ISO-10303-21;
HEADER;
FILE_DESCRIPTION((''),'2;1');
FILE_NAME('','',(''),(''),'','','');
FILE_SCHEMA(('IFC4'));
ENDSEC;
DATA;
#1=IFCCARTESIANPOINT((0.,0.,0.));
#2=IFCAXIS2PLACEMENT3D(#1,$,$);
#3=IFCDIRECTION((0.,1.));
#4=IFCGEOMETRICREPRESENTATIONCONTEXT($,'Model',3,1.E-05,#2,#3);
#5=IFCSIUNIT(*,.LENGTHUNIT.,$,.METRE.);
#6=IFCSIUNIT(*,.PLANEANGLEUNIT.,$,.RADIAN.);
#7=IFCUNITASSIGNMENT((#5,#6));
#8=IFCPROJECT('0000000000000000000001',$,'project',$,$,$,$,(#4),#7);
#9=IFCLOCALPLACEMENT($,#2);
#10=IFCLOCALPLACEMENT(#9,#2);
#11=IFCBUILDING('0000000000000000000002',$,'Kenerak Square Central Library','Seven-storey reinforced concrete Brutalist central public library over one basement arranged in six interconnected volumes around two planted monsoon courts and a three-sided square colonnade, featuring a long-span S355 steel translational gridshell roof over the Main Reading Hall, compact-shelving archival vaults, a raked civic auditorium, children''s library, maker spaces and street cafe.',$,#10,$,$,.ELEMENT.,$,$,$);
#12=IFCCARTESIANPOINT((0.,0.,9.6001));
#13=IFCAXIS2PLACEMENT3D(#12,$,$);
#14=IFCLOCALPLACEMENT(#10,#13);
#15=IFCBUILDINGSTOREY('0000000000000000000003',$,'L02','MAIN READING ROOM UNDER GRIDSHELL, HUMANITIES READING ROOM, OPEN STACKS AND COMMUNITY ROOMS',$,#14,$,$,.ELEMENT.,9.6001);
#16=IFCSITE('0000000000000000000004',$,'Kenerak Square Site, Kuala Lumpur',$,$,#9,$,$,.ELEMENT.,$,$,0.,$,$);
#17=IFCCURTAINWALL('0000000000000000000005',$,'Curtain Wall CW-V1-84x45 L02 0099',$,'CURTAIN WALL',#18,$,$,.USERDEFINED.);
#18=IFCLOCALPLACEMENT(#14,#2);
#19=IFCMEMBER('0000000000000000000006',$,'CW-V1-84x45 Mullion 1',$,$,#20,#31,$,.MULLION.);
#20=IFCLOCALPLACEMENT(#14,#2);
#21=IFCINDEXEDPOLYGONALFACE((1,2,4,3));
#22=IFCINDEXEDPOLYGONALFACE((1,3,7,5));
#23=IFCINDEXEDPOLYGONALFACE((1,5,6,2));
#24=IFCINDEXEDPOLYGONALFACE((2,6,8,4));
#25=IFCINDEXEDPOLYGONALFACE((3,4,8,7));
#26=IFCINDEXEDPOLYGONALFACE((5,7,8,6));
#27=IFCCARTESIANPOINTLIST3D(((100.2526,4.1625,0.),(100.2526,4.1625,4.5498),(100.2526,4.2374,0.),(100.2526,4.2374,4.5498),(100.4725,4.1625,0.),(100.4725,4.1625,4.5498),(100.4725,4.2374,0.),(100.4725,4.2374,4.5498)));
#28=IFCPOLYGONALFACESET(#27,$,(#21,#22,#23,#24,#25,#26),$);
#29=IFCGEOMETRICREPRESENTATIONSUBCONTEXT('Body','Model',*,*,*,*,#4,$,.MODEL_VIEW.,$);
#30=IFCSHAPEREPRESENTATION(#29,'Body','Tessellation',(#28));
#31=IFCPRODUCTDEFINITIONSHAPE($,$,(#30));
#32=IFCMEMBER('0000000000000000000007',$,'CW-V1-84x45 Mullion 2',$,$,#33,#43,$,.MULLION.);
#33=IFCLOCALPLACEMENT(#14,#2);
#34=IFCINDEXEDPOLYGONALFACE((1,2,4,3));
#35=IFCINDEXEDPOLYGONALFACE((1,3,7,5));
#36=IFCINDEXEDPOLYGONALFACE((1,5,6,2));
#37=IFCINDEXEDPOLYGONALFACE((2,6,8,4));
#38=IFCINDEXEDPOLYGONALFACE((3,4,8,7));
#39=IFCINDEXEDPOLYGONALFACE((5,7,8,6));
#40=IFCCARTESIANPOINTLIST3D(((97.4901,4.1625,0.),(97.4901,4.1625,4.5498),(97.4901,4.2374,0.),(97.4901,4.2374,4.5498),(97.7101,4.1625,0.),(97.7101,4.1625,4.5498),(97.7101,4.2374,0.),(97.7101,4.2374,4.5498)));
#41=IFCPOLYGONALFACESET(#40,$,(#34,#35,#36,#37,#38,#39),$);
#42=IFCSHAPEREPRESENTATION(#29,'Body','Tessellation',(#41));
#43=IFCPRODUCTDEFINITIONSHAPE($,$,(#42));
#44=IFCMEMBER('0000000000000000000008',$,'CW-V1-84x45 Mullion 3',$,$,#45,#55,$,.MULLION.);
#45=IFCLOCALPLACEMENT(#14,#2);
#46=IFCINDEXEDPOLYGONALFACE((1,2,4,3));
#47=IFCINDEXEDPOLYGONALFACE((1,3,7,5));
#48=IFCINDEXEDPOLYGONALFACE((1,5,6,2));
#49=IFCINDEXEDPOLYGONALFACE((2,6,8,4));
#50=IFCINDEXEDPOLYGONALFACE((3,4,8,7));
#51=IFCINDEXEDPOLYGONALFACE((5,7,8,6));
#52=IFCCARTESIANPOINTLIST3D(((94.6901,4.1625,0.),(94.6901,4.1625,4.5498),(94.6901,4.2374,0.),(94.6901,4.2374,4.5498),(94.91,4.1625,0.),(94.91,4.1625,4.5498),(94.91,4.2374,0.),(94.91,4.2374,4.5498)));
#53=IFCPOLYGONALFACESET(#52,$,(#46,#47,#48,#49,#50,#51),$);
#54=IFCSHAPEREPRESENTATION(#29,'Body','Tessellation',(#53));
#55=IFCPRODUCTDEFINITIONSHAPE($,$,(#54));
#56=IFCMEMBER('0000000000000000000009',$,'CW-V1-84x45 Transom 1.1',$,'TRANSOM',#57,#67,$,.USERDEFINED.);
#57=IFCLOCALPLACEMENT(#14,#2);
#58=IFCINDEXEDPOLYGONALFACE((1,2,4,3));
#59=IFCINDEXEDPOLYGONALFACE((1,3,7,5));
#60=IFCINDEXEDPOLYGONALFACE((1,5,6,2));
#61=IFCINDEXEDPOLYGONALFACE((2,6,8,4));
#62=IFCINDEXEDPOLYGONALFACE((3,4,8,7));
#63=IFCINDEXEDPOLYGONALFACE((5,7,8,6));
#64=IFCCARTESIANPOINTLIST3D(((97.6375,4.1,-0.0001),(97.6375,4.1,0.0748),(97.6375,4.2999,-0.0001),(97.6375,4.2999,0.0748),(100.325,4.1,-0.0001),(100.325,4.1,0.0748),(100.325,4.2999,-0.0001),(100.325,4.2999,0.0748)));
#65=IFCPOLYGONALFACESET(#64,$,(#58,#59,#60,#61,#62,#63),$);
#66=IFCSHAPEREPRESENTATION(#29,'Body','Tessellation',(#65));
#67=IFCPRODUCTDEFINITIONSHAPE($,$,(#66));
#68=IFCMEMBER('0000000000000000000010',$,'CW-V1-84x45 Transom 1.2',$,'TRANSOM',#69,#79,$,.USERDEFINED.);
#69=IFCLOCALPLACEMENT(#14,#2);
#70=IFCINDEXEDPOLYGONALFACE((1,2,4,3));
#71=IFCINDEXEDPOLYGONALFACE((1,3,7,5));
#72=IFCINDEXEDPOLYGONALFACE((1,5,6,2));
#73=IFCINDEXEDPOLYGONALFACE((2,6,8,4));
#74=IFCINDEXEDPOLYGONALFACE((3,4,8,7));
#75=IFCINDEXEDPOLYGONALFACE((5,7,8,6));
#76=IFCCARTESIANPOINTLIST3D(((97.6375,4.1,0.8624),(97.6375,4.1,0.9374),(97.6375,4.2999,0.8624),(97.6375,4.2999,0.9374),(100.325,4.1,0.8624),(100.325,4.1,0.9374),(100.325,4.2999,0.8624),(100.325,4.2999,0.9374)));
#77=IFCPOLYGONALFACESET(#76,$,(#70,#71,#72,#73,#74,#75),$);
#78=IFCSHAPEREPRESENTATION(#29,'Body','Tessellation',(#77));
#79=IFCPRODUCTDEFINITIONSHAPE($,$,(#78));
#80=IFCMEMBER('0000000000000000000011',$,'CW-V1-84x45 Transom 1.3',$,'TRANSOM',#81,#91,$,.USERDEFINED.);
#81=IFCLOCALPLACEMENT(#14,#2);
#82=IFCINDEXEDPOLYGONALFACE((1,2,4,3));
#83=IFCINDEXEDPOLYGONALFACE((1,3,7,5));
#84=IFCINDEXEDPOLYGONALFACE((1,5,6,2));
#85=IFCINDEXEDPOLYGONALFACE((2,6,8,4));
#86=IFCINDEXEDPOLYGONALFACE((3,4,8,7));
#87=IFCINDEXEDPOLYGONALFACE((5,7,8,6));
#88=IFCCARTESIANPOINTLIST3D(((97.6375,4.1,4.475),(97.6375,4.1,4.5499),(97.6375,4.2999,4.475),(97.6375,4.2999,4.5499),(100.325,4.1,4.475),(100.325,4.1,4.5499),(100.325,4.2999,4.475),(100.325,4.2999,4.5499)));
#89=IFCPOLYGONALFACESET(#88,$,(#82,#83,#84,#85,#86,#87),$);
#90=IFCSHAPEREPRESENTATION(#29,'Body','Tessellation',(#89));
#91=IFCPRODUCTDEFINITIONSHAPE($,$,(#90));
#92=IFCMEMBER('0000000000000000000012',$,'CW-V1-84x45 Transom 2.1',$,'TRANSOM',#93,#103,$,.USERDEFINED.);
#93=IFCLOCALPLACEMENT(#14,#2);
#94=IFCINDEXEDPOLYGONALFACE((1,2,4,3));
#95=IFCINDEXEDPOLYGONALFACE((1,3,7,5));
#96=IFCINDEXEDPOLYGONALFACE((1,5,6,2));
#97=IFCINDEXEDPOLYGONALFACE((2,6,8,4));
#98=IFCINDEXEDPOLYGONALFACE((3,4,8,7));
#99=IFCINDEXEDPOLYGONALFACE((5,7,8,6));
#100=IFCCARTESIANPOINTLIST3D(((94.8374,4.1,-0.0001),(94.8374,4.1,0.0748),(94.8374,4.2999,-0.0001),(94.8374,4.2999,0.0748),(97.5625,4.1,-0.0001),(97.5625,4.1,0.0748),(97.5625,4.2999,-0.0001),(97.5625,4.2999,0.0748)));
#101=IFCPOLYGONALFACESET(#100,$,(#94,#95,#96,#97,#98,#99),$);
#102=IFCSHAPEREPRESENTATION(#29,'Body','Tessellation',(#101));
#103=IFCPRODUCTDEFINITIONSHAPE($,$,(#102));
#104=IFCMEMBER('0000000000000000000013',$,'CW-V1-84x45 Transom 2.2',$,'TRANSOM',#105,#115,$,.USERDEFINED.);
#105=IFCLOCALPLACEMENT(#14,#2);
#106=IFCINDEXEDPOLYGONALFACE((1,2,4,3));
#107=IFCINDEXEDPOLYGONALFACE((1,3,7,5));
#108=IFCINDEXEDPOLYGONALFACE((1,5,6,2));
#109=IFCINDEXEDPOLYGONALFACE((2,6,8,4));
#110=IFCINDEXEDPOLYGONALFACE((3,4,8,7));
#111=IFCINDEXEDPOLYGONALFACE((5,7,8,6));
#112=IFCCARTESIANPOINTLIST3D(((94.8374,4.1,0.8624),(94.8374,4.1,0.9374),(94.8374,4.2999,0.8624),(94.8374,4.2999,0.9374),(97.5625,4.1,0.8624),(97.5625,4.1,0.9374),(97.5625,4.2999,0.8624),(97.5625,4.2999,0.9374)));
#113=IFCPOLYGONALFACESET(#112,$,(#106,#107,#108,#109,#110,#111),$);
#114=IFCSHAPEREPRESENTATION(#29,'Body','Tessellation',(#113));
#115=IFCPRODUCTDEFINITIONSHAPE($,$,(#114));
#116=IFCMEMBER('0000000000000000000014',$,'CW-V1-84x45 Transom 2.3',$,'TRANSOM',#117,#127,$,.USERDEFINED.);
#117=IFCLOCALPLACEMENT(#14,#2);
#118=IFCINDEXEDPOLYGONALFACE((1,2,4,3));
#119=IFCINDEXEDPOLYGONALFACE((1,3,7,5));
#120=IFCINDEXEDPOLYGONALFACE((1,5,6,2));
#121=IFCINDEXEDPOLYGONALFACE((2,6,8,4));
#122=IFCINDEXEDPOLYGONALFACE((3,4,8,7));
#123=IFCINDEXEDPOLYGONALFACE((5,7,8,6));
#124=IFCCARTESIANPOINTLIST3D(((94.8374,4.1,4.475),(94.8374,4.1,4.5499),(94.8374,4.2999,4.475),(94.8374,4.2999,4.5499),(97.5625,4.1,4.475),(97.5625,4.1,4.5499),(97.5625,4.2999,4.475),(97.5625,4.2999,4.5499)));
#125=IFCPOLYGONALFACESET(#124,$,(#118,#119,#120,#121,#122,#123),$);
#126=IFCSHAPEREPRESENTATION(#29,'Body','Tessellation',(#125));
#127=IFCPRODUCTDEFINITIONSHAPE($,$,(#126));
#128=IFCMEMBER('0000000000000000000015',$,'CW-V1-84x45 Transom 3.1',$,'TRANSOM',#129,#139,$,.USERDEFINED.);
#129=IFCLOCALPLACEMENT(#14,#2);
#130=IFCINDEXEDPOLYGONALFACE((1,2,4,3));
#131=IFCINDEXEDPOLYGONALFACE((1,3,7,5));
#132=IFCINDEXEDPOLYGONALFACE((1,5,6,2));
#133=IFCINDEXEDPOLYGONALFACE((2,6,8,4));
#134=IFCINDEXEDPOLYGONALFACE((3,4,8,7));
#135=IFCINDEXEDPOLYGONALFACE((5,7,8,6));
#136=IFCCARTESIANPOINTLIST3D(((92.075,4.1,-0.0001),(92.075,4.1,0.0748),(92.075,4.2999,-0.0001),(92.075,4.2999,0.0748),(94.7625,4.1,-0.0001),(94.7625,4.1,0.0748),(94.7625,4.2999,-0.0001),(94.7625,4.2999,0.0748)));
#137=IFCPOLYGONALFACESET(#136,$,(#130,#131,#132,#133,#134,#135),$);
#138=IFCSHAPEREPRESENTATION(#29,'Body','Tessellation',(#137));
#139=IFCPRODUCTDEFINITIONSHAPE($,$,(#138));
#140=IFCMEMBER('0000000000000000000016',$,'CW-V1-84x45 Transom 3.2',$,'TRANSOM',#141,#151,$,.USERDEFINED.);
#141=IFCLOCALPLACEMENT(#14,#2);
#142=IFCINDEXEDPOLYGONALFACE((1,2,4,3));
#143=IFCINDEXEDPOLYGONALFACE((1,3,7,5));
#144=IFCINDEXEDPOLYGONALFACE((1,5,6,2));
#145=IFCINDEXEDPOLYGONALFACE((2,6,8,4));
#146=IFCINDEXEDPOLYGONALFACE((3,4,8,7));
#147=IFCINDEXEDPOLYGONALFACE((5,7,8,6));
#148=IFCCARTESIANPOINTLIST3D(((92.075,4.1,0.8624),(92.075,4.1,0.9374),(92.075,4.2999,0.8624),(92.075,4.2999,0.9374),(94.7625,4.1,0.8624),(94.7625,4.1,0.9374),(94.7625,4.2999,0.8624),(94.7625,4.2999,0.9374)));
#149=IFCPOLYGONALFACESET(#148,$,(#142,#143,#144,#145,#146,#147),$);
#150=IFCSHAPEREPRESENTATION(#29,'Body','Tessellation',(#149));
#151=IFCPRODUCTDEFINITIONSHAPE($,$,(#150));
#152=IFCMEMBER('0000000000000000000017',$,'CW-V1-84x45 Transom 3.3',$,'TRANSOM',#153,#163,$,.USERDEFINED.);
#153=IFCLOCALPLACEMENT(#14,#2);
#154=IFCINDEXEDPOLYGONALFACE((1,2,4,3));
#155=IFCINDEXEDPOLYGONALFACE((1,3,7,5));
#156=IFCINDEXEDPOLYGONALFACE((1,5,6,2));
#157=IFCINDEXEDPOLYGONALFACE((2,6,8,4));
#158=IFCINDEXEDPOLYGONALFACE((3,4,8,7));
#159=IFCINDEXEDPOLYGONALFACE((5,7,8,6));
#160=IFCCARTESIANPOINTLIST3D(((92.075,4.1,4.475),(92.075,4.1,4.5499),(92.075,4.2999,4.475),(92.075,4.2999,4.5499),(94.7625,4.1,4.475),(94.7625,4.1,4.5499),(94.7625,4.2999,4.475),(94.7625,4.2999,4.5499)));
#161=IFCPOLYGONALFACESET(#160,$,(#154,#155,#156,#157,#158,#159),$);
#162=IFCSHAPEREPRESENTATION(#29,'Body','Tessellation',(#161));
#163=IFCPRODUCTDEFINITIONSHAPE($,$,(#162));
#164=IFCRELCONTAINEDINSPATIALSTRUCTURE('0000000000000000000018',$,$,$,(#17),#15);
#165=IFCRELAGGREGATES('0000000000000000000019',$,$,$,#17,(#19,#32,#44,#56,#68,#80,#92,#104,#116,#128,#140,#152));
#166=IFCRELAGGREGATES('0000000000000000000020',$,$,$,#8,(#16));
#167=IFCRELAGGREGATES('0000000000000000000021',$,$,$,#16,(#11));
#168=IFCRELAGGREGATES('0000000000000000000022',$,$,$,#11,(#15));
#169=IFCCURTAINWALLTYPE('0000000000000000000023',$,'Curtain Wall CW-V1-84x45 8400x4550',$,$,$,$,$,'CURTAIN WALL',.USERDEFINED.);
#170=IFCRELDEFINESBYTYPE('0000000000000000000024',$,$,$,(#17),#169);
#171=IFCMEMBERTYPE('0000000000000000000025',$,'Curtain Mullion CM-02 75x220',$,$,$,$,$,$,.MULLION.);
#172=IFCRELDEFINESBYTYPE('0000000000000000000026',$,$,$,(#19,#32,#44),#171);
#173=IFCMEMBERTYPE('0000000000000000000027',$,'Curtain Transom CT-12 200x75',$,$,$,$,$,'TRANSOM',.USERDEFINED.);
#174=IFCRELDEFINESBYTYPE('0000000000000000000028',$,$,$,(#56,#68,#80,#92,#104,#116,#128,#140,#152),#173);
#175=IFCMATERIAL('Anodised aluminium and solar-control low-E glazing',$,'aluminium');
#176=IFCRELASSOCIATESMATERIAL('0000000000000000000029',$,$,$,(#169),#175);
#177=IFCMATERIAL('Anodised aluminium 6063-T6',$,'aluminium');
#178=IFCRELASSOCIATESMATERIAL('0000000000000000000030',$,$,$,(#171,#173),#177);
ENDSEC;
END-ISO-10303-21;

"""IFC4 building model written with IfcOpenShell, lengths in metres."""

from ifc_helpers import new_model, si_unit, direction, frame, origin, origin_2d, place, context, subcontext, project, spatial, rectangle, extrude, material, material_profile, profile_set, type_object, element, aggregate, save


model = new_model("IFC4")

# Units and contexts
model_context = context("Model", 3, precision=1e-05, world=origin(), true_north=direction((0.0, 1.0)))
body_context = subcontext(model_context, "Body", "Model", "MODEL_VIEW")
ifc_project = project(units=[si_unit("LENGTHUNIT", "METRE"), si_unit("PLANEANGLEUNIT", "RADIAN")], contexts=[model_context])

# Site, building, storey
site_placement = place(None, origin())
site = spatial("IfcSite", under=ifc_project, at=site_placement, Name="Kenerak Square Site, Kuala Lumpur", CompositionType="ELEMENT", RefElevation=0.0)
building_placement = place(site_placement, origin())
building = spatial("IfcBuilding", under=site, at=building_placement, Name="Kenerak Square Central Library", Description="Seven-storey reinforced concrete Brutalist central public library over one basement arranged in six interconnected volumes around two planted monsoon courts and a three-sided square colonnade, featuring a long-span S355 steel translational gridshell roof over the Main Reading Hall, compact-shelving archival vaults, a raked civic auditorium, children's library, maker spaces and street cafe.", CompositionType="ELEMENT")
storey_placement = place(building_placement, frame((0.0, 0.0, 9.6001)))
storey = spatial("IfcBuildingStorey", under=building, at=storey_placement, Name="L02", Description="MAIN READING ROOM UNDER GRIDSHELL, HUMANITIES READING ROOM, OPEN STACKS AND COMMUNITY ROOMS", CompositionType="ELEMENT", Elevation=9.6001)

# Curtain wall, members
ifc_material_1 = material(Name="Anodised aluminium and solar-control low-E glazing", Category="aluminium")
curtain_wall_type = type_object("IfcCurtainWallType", Name="Curtain Wall CW-V1-84x45 8400x4550", ElementType="CURTAIN WALL", PredefinedType="USERDEFINED", material=ifc_material_1)
curtain_wall_placement = place(storey_placement, origin())
curtain_wall = element("IfcCurtainWall", 1, at=curtain_wall_placement, inside=storey, type_object=curtain_wall_type, Name="Curtain Wall CW-V1-84x45 L02 0099", ObjectType="CURTAIN WALL", PredefinedType="USERDEFINED")
ifc_material_2 = material(Name="Anodised aluminium 6063-T6", Category="aluminium")
ifc_material_profile_1 = material_profile(ifc_material_2, rectangle(XDim=0.075, YDim=0.22, at=origin_2d()), Name="AL MULLION 75x220")
ifc_profile_set_1 = profile_set([ifc_material_profile_1], Name="Anodised aluminium 6063-T6")
member_type_1 = type_object("IfcMemberType", Name="Curtain Mullion CM-02 75x220", PredefinedType="MULLION", material=ifc_profile_set_1)
member_1_placement = place(storey_placement, frame((100.3625, 4.2, 0.0), z_axis=(0.0, 0.0, 1.0), x_axis=(0.0, -1.0, 0.0)))
member_1 = element("IfcMember", 2, at=member_1_placement, type_object=member_type_1, Name="CW-V1-84x45 Mullion 1", PredefinedType="MULLION", context=body_context, shape_type="SweptSolid", body=[
    extrude(rectangle(XDim=0.075, YDim=0.22, at=origin_2d()), origin(), (0.0, 0.0, 1.0), 4.5498),
])
member_2_placement = place(storey_placement, frame((97.6001, 4.2, 0.0), z_axis=(0.0, 0.0, 1.0), x_axis=(0.0, -1.0, 0.0)))
member_2 = element("IfcMember", 3, at=member_2_placement, type_object=member_type_1, Name="CW-V1-84x45 Mullion 2", PredefinedType="MULLION", context=body_context, shape_type="SweptSolid", body=[
    extrude(rectangle(XDim=0.075, YDim=0.22, at=origin_2d()), origin(), (0.0, 0.0, 1.0), 4.5498),
])
member_3_placement = place(storey_placement, frame((94.8, 4.2, 0.0), z_axis=(0.0, 0.0, 1.0), x_axis=(0.0, -1.0, 0.0)))
member_3 = element("IfcMember", 4, at=member_3_placement, type_object=member_type_1, Name="CW-V1-84x45 Mullion 3", PredefinedType="MULLION", context=body_context, shape_type="SweptSolid", body=[
    extrude(rectangle(XDim=0.075, YDim=0.22, at=origin_2d()), origin(), (0.0, 0.0, 1.0), 4.5498),
])
ifc_material_profile_2 = material_profile(ifc_material_2, rectangle(XDim=0.2, YDim=0.075, at=origin_2d()), Name="AL TRANSOM 200x75")
ifc_profile_set_2 = profile_set([ifc_material_profile_2], Name="Anodised aluminium 6063-T6")
member_type_2 = type_object("IfcMemberType", Name="Curtain Transom CT-12 200x75", ElementType="TRANSOM", PredefinedType="USERDEFINED", material=ifc_profile_set_2)
member_4_placement = place(storey_placement, frame((100.325, 4.2, 0.0374), z_axis=(-1.0, 0.0, 0.0), x_axis=(0.0, -1.0, 0.0)))
member_4 = element("IfcMember", 5, at=member_4_placement, type_object=member_type_2, Name="CW-V1-84x45 Transom 1.1", ObjectType="TRANSOM", PredefinedType="USERDEFINED", context=body_context, shape_type="SweptSolid", body=[
    extrude(rectangle(XDim=0.2, YDim=0.075, at=origin_2d()), origin(), (0.0, 0.0, 1.0), 2.6875),
])
member_5_placement = place(storey_placement, frame((100.325, 4.2, 0.8999), z_axis=(-1.0, 0.0, 0.0), x_axis=(0.0, -1.0, 0.0)))
member_5 = element("IfcMember", 6, at=member_5_placement, type_object=member_type_2, Name="CW-V1-84x45 Transom 1.2", ObjectType="TRANSOM", PredefinedType="USERDEFINED", context=body_context, shape_type="SweptSolid", body=[
    extrude(rectangle(XDim=0.2, YDim=0.075, at=origin_2d()), origin(), (0.0, 0.0, 1.0), 2.6875),
])
member_6_placement = place(storey_placement, frame((100.325, 4.2, 4.5125), z_axis=(-1.0, 0.0, 0.0), x_axis=(0.0, -1.0, 0.0)))
member_6 = element("IfcMember", 7, at=member_6_placement, type_object=member_type_2, Name="CW-V1-84x45 Transom 1.3", ObjectType="TRANSOM", PredefinedType="USERDEFINED", context=body_context, shape_type="SweptSolid", body=[
    extrude(rectangle(XDim=0.2, YDim=0.075, at=origin_2d()), origin(), (0.0, 0.0, 1.0), 2.6875),
])
member_7_placement = place(storey_placement, frame((97.5625, 4.2, 0.0374), z_axis=(-1.0, 0.0, 0.0), x_axis=(0.0, -1.0, 0.0)))
member_7 = element("IfcMember", 8, at=member_7_placement, type_object=member_type_2, Name="CW-V1-84x45 Transom 2.1", ObjectType="TRANSOM", PredefinedType="USERDEFINED", context=body_context, shape_type="SweptSolid", body=[
    extrude(rectangle(XDim=0.2, YDim=0.075, at=origin_2d()), origin(), (0.0, 0.0, 1.0), 2.7251),
])
member_8_placement = place(storey_placement, frame((97.5625, 4.2, 0.8999), z_axis=(-1.0, 0.0, 0.0), x_axis=(0.0, -1.0, 0.0)))
member_8 = element("IfcMember", 9, at=member_8_placement, type_object=member_type_2, Name="CW-V1-84x45 Transom 2.2", ObjectType="TRANSOM", PredefinedType="USERDEFINED", context=body_context, shape_type="SweptSolid", body=[
    extrude(rectangle(XDim=0.2, YDim=0.075, at=origin_2d()), origin(), (0.0, 0.0, 1.0), 2.7251),
])
member_9_placement = place(storey_placement, frame((97.5625, 4.2, 4.5125), z_axis=(-1.0, 0.0, 0.0), x_axis=(0.0, -1.0, 0.0)))
member_9 = element("IfcMember", 10, at=member_9_placement, type_object=member_type_2, Name="CW-V1-84x45 Transom 2.3", ObjectType="TRANSOM", PredefinedType="USERDEFINED", context=body_context, shape_type="SweptSolid", body=[
    extrude(rectangle(XDim=0.2, YDim=0.075, at=origin_2d()), origin(), (0.0, 0.0, 1.0), 2.7251),
])
member_10_placement = place(storey_placement, frame((94.7625, 4.2, 0.0374), z_axis=(-1.0, 0.0, 0.0), x_axis=(0.0, -1.0, 0.0)))
member_10 = element("IfcMember", 11, at=member_10_placement, type_object=member_type_2, Name="CW-V1-84x45 Transom 3.1", ObjectType="TRANSOM", PredefinedType="USERDEFINED", context=body_context, shape_type="SweptSolid", body=[
    extrude(rectangle(XDim=0.2, YDim=0.075, at=origin_2d()), origin(), (0.0, 0.0, 1.0), 2.6875),
])
member_11_placement = place(storey_placement, frame((94.7625, 4.2, 0.8999), z_axis=(-1.0, 0.0, 0.0), x_axis=(0.0, -1.0, 0.0)))
member_11 = element("IfcMember", 12, at=member_11_placement, type_object=member_type_2, Name="CW-V1-84x45 Transom 3.2", ObjectType="TRANSOM", PredefinedType="USERDEFINED", context=body_context, shape_type="SweptSolid", body=[
    extrude(rectangle(XDim=0.2, YDim=0.075, at=origin_2d()), origin(), (0.0, 0.0, 1.0), 2.6875),
])
member_12_placement = place(storey_placement, frame((94.7625, 4.2, 4.5125), z_axis=(-1.0, 0.0, 0.0), x_axis=(0.0, -1.0, 0.0)))
member_12 = element("IfcMember", 13, at=member_12_placement, type_object=member_type_2, Name="CW-V1-84x45 Transom 3.3", ObjectType="TRANSOM", PredefinedType="USERDEFINED", context=body_context, shape_type="SweptSolid", body=[
    extrude(rectangle(XDim=0.2, YDim=0.075, at=origin_2d()), origin(), (0.0, 0.0, 1.0), 2.6875),
])

aggregate(curtain_wall, [member_1, member_2, member_3, member_4, member_5, member_6, member_7, member_8, member_9, member_10, member_11, member_12])

save(model, "model.ifc")
